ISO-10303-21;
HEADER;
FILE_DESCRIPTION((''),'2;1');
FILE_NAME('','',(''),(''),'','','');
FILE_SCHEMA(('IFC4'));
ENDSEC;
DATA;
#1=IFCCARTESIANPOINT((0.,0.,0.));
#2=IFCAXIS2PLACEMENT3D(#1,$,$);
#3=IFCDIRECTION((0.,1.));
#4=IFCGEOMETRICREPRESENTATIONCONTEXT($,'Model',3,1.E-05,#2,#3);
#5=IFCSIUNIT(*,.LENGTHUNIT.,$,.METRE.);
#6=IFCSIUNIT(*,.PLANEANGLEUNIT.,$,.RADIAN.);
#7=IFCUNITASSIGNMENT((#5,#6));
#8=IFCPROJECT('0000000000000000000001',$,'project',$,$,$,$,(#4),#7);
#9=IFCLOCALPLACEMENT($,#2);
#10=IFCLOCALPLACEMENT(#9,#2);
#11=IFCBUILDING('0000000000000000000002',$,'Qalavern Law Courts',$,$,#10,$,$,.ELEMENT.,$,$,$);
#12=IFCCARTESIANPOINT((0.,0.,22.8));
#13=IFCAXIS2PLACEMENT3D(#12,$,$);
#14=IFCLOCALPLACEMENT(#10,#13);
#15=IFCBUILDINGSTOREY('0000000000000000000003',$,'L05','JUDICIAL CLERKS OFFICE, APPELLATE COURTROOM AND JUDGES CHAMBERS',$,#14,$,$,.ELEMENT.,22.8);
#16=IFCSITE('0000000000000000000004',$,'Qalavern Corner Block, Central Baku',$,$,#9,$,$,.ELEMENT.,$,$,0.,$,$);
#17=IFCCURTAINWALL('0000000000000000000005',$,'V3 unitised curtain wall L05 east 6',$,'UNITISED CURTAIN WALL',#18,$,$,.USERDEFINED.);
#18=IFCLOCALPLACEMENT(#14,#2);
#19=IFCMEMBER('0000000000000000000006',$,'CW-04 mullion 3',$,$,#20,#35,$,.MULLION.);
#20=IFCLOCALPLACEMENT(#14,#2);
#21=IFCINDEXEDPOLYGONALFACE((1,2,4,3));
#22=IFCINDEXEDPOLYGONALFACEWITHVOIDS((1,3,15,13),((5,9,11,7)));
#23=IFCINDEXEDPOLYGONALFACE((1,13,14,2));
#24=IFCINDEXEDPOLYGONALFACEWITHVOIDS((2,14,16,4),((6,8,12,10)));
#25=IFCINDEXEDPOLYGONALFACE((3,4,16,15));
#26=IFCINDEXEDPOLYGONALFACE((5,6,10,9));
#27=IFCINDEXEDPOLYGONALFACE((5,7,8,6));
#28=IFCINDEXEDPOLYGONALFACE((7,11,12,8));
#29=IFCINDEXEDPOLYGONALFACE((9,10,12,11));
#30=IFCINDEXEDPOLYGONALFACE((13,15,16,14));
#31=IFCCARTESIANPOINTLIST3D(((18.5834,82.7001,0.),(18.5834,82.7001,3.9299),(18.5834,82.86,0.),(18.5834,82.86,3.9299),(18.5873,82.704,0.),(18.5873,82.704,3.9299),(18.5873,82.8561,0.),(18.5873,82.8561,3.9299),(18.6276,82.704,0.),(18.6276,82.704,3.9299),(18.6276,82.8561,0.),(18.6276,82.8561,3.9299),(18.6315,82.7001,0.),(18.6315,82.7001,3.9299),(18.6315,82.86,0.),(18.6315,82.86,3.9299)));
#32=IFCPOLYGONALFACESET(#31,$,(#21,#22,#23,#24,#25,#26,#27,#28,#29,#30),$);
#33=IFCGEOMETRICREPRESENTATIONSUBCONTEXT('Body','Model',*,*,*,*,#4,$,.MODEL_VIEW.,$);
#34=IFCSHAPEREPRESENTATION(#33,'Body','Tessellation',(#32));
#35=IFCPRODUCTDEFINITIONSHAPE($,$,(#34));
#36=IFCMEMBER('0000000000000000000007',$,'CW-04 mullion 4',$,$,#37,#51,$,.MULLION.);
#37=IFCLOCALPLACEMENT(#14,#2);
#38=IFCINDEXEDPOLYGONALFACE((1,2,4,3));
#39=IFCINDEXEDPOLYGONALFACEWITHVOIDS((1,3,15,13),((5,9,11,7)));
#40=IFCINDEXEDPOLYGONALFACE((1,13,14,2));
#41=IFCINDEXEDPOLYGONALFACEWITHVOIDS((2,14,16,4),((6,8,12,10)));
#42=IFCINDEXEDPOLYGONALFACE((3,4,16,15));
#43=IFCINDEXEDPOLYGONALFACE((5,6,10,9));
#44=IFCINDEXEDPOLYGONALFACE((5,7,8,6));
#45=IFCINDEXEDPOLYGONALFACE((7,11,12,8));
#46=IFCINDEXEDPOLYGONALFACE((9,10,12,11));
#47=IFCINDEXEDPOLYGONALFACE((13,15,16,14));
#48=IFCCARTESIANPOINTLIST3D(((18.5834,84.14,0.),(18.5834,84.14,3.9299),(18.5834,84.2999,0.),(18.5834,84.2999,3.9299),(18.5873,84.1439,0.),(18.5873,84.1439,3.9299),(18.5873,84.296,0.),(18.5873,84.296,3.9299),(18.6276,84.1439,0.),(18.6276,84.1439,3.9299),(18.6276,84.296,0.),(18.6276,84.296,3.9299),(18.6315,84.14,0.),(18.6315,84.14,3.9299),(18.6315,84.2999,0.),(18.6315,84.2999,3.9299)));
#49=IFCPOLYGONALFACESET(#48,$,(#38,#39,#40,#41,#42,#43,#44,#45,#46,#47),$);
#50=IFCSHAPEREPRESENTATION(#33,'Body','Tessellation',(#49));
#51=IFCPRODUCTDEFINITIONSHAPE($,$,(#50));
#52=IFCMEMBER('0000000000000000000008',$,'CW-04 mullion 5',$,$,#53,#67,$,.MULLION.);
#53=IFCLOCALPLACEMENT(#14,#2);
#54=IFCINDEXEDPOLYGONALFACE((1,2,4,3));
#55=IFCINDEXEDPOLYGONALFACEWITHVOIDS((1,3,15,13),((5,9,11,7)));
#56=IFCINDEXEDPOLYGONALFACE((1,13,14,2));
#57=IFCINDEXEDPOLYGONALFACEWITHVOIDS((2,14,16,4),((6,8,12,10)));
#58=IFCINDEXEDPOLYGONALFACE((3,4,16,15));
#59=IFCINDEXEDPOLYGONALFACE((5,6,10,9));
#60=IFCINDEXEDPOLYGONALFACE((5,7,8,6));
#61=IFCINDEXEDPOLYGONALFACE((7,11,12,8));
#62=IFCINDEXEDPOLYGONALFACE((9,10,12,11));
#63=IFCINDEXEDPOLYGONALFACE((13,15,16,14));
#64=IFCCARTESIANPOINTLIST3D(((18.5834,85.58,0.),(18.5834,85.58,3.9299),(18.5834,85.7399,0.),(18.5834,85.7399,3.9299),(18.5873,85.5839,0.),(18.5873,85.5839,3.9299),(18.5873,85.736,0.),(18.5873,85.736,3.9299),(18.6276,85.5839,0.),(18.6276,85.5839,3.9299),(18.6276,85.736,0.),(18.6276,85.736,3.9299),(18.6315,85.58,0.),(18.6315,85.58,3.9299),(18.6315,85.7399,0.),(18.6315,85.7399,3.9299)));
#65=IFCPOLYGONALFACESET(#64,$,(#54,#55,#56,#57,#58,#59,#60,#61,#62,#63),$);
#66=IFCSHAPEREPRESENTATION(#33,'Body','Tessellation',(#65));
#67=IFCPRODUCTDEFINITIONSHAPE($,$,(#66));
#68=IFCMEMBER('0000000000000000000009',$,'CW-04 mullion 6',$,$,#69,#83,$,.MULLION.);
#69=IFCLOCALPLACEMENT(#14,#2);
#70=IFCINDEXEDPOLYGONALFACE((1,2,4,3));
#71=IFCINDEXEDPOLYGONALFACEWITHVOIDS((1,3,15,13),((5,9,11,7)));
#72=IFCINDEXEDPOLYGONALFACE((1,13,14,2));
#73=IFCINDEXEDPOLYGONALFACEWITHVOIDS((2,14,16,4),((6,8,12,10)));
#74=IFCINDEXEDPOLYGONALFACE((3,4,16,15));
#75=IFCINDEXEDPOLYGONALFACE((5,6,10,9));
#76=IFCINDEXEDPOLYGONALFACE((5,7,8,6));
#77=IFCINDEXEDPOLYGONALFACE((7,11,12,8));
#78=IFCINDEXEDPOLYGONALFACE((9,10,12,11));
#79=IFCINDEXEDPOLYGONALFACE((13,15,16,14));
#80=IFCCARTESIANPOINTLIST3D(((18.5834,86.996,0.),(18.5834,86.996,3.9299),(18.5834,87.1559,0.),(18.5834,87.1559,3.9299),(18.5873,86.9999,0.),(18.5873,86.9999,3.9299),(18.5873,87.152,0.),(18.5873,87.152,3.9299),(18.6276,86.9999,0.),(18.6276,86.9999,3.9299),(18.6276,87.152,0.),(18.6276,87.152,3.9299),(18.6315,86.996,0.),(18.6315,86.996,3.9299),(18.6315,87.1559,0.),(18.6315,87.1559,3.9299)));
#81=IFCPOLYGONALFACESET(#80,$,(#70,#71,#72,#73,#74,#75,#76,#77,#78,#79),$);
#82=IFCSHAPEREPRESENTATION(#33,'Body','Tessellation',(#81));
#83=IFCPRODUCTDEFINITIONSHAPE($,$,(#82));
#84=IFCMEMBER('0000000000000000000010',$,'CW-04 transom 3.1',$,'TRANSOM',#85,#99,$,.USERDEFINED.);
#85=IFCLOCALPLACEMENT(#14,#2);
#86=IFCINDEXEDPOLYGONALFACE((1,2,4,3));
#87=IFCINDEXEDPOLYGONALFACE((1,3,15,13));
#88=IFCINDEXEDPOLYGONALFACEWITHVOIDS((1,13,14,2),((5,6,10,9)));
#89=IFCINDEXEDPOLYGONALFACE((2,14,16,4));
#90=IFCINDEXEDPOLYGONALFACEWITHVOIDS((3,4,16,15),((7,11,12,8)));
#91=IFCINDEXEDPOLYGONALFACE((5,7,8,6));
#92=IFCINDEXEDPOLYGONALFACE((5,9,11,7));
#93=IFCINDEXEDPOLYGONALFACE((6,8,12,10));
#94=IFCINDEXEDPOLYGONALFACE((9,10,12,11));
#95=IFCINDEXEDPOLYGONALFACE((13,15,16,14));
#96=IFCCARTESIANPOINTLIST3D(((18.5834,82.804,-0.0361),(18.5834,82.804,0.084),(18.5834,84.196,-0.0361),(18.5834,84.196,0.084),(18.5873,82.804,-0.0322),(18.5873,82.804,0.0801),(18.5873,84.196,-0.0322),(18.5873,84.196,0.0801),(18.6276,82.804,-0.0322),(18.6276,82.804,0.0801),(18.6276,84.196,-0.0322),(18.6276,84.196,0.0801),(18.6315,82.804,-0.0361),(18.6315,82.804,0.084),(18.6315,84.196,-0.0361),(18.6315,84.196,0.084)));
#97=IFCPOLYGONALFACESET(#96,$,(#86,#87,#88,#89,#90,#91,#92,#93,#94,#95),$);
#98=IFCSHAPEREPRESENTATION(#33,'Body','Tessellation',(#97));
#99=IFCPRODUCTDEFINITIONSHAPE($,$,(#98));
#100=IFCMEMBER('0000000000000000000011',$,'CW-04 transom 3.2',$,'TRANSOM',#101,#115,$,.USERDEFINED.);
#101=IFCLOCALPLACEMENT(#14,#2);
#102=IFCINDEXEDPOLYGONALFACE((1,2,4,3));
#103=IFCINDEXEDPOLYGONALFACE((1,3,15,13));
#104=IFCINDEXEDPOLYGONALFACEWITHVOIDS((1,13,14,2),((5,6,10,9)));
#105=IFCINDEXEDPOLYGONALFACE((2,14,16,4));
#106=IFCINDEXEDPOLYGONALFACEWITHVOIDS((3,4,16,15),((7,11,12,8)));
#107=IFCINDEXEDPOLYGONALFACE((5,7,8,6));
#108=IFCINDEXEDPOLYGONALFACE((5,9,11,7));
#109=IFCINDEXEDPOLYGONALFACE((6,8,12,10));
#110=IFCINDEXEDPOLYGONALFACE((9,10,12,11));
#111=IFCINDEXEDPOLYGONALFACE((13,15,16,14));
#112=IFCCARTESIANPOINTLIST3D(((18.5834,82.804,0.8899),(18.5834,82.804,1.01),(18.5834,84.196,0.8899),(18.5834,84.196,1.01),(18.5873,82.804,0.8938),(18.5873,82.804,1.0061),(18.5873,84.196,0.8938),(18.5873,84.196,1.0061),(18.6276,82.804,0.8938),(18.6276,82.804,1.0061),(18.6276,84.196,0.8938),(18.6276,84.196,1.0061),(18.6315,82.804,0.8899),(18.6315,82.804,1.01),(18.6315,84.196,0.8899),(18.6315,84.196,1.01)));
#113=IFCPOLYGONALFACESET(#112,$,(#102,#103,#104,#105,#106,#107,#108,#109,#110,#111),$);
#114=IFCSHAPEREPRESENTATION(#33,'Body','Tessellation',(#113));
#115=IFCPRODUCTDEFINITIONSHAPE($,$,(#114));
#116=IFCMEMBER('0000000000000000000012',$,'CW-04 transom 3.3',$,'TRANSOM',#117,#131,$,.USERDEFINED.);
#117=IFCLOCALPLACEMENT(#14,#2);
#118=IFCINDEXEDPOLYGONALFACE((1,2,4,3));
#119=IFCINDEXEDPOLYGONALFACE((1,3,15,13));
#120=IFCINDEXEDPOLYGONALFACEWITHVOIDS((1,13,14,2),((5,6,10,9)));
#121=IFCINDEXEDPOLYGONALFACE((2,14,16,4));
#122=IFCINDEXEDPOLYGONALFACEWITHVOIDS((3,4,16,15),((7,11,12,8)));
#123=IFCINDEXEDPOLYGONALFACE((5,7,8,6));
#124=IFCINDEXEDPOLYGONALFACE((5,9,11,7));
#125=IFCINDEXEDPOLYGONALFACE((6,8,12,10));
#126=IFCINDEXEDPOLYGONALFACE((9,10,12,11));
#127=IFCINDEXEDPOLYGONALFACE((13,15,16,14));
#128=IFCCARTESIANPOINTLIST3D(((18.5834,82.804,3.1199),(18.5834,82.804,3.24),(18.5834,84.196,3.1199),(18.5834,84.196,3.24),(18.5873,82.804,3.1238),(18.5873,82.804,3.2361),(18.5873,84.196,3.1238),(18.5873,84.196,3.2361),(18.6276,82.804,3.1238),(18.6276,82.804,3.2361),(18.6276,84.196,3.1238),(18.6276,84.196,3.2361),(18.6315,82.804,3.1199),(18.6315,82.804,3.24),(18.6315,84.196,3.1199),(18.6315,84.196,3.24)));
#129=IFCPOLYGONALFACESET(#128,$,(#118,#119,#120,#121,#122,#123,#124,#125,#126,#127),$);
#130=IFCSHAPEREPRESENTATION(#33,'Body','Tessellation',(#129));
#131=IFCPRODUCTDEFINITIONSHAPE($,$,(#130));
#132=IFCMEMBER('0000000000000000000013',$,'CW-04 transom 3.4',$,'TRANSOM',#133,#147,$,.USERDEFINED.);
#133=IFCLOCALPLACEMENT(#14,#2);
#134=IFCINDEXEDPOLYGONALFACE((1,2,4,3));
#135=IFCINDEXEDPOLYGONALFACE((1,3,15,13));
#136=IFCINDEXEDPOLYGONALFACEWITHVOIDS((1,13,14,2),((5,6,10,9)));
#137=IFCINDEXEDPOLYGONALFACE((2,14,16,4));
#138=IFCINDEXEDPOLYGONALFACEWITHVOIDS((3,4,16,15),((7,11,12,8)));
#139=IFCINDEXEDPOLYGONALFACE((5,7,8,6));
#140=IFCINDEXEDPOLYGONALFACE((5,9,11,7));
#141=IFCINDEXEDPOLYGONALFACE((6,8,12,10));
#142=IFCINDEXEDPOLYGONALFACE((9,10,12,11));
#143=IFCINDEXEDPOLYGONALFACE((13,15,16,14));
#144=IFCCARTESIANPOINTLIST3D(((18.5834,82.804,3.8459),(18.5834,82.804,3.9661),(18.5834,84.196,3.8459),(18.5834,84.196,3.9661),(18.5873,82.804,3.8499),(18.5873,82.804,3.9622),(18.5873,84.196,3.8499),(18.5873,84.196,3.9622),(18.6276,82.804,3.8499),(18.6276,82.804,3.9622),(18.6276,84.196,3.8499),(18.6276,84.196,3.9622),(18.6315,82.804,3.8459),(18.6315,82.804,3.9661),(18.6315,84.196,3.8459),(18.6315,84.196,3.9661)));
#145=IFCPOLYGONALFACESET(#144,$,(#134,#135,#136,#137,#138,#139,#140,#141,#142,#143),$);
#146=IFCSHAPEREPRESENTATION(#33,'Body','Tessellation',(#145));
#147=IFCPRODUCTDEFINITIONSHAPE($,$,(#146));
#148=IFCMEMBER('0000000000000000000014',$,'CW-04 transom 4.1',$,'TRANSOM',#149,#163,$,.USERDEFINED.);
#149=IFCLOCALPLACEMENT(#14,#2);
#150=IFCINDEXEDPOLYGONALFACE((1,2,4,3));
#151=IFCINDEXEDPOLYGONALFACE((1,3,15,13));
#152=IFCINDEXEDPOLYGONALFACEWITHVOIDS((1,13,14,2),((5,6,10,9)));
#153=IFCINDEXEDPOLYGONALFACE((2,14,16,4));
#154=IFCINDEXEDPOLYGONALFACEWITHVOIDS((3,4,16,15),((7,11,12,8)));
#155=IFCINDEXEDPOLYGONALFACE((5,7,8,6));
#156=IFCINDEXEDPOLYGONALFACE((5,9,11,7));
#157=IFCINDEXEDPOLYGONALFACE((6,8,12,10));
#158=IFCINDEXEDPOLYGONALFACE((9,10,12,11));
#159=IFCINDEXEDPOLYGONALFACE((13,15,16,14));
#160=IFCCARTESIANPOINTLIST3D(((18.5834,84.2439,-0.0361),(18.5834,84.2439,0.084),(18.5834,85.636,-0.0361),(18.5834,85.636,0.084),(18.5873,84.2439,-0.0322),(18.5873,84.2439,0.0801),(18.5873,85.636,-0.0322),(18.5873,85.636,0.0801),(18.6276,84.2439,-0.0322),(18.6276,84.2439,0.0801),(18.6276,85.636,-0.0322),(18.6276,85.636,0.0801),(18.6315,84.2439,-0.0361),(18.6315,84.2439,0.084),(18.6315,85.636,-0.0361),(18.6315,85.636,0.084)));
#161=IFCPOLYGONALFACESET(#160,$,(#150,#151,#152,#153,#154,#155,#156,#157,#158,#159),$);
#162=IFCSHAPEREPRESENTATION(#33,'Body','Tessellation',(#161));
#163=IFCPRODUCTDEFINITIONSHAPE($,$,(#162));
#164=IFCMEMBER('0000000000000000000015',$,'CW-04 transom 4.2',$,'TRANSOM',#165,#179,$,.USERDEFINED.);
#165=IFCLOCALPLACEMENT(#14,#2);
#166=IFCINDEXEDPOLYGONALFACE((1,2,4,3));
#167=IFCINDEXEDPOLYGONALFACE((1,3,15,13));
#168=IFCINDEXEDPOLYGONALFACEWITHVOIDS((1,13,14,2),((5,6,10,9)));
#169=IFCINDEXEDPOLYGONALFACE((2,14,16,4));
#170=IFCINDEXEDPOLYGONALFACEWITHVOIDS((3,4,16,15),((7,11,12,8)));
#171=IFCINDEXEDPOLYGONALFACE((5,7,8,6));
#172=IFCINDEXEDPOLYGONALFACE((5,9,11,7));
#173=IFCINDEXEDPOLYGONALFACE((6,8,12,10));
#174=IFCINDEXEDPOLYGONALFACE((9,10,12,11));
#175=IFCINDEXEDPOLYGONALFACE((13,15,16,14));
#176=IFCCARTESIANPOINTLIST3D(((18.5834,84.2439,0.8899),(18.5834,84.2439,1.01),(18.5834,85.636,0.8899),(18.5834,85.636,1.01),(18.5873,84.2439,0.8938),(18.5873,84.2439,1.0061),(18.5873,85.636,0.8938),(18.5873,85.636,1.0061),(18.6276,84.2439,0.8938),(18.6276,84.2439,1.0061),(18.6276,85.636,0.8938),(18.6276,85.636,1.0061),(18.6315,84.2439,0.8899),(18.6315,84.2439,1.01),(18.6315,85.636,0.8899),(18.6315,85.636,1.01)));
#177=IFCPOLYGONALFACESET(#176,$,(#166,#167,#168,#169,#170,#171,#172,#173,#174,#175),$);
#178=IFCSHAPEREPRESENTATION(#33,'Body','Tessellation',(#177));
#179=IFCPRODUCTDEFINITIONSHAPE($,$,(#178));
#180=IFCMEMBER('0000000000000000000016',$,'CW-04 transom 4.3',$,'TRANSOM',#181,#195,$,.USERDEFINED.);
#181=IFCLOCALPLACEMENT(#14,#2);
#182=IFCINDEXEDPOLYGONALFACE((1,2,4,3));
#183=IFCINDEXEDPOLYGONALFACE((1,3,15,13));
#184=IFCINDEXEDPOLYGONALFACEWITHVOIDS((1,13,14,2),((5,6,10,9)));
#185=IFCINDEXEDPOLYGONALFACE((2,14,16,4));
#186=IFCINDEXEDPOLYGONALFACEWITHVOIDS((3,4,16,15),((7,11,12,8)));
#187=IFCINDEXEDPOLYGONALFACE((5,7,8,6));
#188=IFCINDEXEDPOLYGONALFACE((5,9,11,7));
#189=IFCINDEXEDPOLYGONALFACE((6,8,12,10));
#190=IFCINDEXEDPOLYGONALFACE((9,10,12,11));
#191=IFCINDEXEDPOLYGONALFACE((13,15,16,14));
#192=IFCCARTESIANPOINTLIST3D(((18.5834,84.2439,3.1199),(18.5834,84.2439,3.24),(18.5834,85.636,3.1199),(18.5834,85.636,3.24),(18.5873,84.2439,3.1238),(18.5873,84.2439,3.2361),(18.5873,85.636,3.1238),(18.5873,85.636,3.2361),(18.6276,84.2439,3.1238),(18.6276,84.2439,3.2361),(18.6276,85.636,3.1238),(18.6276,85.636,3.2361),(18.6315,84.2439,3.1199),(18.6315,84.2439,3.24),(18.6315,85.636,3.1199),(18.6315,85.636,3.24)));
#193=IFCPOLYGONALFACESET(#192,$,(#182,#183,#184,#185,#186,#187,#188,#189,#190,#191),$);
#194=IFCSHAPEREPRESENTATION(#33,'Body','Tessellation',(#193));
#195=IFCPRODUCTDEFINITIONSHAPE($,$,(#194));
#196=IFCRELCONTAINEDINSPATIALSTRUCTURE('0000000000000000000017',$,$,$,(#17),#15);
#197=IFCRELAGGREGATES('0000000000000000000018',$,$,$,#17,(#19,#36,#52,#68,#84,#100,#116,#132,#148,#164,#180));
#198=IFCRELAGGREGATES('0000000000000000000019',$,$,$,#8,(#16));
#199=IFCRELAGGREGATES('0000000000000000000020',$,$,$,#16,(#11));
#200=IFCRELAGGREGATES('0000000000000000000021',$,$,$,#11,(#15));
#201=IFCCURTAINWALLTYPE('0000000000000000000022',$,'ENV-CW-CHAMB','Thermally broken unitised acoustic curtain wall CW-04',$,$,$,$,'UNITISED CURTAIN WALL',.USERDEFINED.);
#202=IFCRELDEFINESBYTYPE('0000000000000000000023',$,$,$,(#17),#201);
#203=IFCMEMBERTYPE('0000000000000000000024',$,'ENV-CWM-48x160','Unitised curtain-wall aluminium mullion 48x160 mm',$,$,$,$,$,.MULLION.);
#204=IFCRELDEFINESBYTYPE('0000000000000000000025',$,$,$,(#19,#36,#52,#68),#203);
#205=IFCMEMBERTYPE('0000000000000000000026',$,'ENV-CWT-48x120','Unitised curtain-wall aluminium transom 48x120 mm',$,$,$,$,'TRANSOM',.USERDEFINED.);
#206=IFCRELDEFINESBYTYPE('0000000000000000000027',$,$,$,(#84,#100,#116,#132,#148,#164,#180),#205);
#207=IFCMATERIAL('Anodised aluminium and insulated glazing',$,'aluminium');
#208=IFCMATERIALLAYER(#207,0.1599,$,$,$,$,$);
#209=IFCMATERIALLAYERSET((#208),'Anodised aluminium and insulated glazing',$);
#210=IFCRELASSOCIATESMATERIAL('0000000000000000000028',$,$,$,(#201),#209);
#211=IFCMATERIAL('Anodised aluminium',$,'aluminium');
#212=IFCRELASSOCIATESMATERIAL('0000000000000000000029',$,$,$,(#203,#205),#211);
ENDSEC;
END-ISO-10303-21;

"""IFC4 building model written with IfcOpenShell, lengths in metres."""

from ifc_helpers import new_model, si_unit, direction, frame, origin, origin_2d, place, context, subcontext, project, spatial, hollow_rectangle, extrude, material, layer, layer_set, material_profile, profile_set, type_object, element, aggregate, save


model = new_model("IFC4")

# Units and contexts
model_context = context("Model", 3, precision=1e-05, world=origin(), true_north=direction((0.0, 1.0)))
body_context = subcontext(model_context, "Body", "Model", "MODEL_VIEW")
ifc_project = project(units=[si_unit("LENGTHUNIT", "METRE"), si_unit("PLANEANGLEUNIT", "RADIAN")], contexts=[model_context])

# Site, building, storey
site_placement = place(None, origin())
site = spatial("IfcSite", under=ifc_project, at=site_placement, Name="Qalavern Corner Block, Central Baku", CompositionType="ELEMENT", RefElevation=0.0)
building_placement = place(site_placement, origin())
building = spatial("IfcBuilding", under=site, at=building_placement, Name="Qalavern Law Courts", CompositionType="ELEMENT")
storey_placement = place(building_placement, frame((0.0, 0.0, 22.8)))
storey = spatial("IfcBuildingStorey", under=building, at=storey_placement, Name="L05", Description="JUDICIAL CLERKS OFFICE, APPELLATE COURTROOM AND JUDGES CHAMBERS", CompositionType="ELEMENT", Elevation=22.8)

# Curtain wall, members
ifc_material_1 = material(Name="Anodised aluminium and insulated glazing", Category="aluminium")
ifc_layer_1 = layer(ifc_material_1, 0.1599)
ifc_layer_set_1 = layer_set([ifc_layer_1], Name="Anodised aluminium and insulated glazing")
curtain_wall_type = type_object("IfcCurtainWallType", Name="ENV-CW-CHAMB", Description="Thermally broken unitised acoustic curtain wall CW-04", ElementType="UNITISED CURTAIN WALL", PredefinedType="USERDEFINED", material=ifc_layer_set_1)
curtain_wall_placement = place(storey_placement, origin())
curtain_wall = element("IfcCurtainWall", 1, at=curtain_wall_placement, inside=storey, type_object=curtain_wall_type, Name="V3 unitised curtain wall L05 east 6", ObjectType="UNITISED CURTAIN WALL", PredefinedType="USERDEFINED")
ifc_material_2 = material(Name="Anodised aluminium", Category="aluminium")
ifc_material_profile_1 = material_profile(ifc_material_2, hollow_rectangle(XDim=0.0481, YDim=0.1599, WallThickness=0.0039, at=origin_2d()), Name="ALU MULLION 48x160")
ifc_profile_set_1 = profile_set([ifc_material_profile_1], Name="Anodised aluminium")
member_type_1 = type_object("IfcMemberType", Name="ENV-CWM-48x160", Description="Unitised curtain-wall aluminium mullion 48x160 mm", PredefinedType="MULLION", material=ifc_profile_set_1)
member_1_placement = place(storey_placement, frame((18.6074, 82.78, 0.0), z_axis=(0.0, 0.0, 1.0), x_axis=(-1.0, 0.0, 0.0)))
member_1 = element("IfcMember", 2, at=member_1_placement, type_object=member_type_1, Name="CW-04 mullion 3", PredefinedType="MULLION", context=body_context, shape_type="SweptSolid", body=[
    extrude(hollow_rectangle(XDim=0.0481, YDim=0.1599, WallThickness=0.0039, at=origin_2d()), origin(), (0.0, 0.0, 1.0), 3.9299),
])
member_2_placement = place(storey_placement, frame((18.6074, 84.22, 0.0), z_axis=(0.0, 0.0, 1.0), x_axis=(-1.0, 0.0, 0.0)))
member_2 = element("IfcMember", 3, at=member_2_placement, type_object=member_type_1, Name="CW-04 mullion 4", PredefinedType="MULLION", context=body_context, shape_type="SweptSolid", body=[
    extrude(hollow_rectangle(XDim=0.0481, YDim=0.1599, WallThickness=0.0039, at=origin_2d()), origin(), (0.0, 0.0, 1.0), 3.9299),
])
member_3_placement = place(storey_placement, frame((18.6074, 85.6599, 0.0), z_axis=(0.0, 0.0, 1.0), x_axis=(-1.0, 0.0, 0.0)))
member_3 = element("IfcMember", 4, at=member_3_placement, type_object=member_type_1, Name="CW-04 mullion 5", PredefinedType="MULLION", context=body_context, shape_type="SweptSolid", body=[
    extrude(hollow_rectangle(XDim=0.0481, YDim=0.1599, WallThickness=0.0039, at=origin_2d()), origin(), (0.0, 0.0, 1.0), 3.9299),
])
member_4_placement = place(storey_placement, frame((18.6074, 87.0759, 0.0), z_axis=(0.0, 0.0, 1.0), x_axis=(-1.0, 0.0, 0.0)))
member_4 = element("IfcMember", 5, at=member_4_placement, type_object=member_type_1, Name="CW-04 mullion 6", PredefinedType="MULLION", context=body_context, shape_type="SweptSolid", body=[
    extrude(hollow_rectangle(XDim=0.0481, YDim=0.1599, WallThickness=0.0039, at=origin_2d()), origin(), (0.0, 0.0, 1.0), 3.9299),
])
ifc_material_profile_2 = material_profile(ifc_material_2, hollow_rectangle(XDim=0.0481, YDim=0.1201, WallThickness=0.0039, at=origin_2d()), Name="ALU TRANSOM 48x120")
ifc_profile_set_2 = profile_set([ifc_material_profile_2], Name="Anodised aluminium")
member_type_2 = type_object("IfcMemberType", Name="ENV-CWT-48x120", Description="Unitised curtain-wall aluminium transom 48x120 mm", ElementType="TRANSOM", PredefinedType="USERDEFINED", material=ifc_profile_set_2)
member_5_placement = place(storey_placement, frame((18.6074, 82.804, 0.0239), z_axis=(0.0, 1.0, 0.0), x_axis=(-1.0, 0.0, 0.0)))
member_5 = element("IfcMember", 6, at=member_5_placement, type_object=member_type_2, Name="CW-04 transom 3.1", ObjectType="TRANSOM", PredefinedType="USERDEFINED", context=body_context, shape_type="SweptSolid", body=[
    extrude(hollow_rectangle(XDim=0.0481, YDim=0.1201, WallThickness=0.0039, at=origin_2d()), origin(), (0.0, 0.0, 1.0), 1.3921),
])
member_6_placement = place(storey_placement, frame((18.6074, 82.804, 0.95), z_axis=(0.0, 1.0, 0.0), x_axis=(-1.0, 0.0, 0.0)))
member_6 = element("IfcMember", 7, at=member_6_placement, type_object=member_type_2, Name="CW-04 transom 3.2", ObjectType="TRANSOM", PredefinedType="USERDEFINED", context=body_context, shape_type="SweptSolid", body=[
    extrude(hollow_rectangle(XDim=0.0481, YDim=0.1201, WallThickness=0.0039, at=origin_2d()), origin(), (0.0, 0.0, 1.0), 1.3921),
])
member_7_placement = place(storey_placement, frame((18.6074, 82.804, 3.1799), z_axis=(0.0, 1.0, 0.0), x_axis=(-1.0, 0.0, 0.0)))
member_7 = element("IfcMember", 8, at=member_7_placement, type_object=member_type_2, Name="CW-04 transom 3.3", ObjectType="TRANSOM", PredefinedType="USERDEFINED", context=body_context, shape_type="SweptSolid", body=[
    extrude(hollow_rectangle(XDim=0.0481, YDim=0.1201, WallThickness=0.0039, at=origin_2d()), origin(), (0.0, 0.0, 1.0), 1.3921),
])
member_8_placement = place(storey_placement, frame((18.6074, 82.804, 3.906), z_axis=(0.0, 1.0, 0.0), x_axis=(-1.0, 0.0, 0.0)))
member_8 = element("IfcMember", 9, at=member_8_placement, type_object=member_type_2, Name="CW-04 transom 3.4", ObjectType="TRANSOM", PredefinedType="USERDEFINED", context=body_context, shape_type="SweptSolid", body=[
    extrude(hollow_rectangle(XDim=0.0481, YDim=0.1201, WallThickness=0.0039, at=origin_2d()), origin(), (0.0, 0.0, 1.0), 1.3921),
])
member_9_placement = place(storey_placement, frame((18.6074, 84.2439, 0.0239), z_axis=(0.0, 1.0, 0.0), x_axis=(-1.0, 0.0, 0.0)))
member_9 = element("IfcMember", 10, at=member_9_placement, type_object=member_type_2, Name="CW-04 transom 4.1", ObjectType="TRANSOM", PredefinedType="USERDEFINED", context=body_context, shape_type="SweptSolid", body=[
    extrude(hollow_rectangle(XDim=0.0481, YDim=0.1201, WallThickness=0.0039, at=origin_2d()), origin(), (0.0, 0.0, 1.0), 1.3921),
])
member_10_placement = place(storey_placement, frame((18.6074, 84.2439, 0.95), z_axis=(0.0, 1.0, 0.0), x_axis=(-1.0, 0.0, 0.0)))
member_10 = element("IfcMember", 11, at=member_10_placement, type_object=member_type_2, Name="CW-04 transom 4.2", ObjectType="TRANSOM", PredefinedType="USERDEFINED", context=body_context, shape_type="SweptSolid", body=[
    extrude(hollow_rectangle(XDim=0.0481, YDim=0.1201, WallThickness=0.0039, at=origin_2d()), origin(), (0.0, 0.0, 1.0), 1.3921),
])
member_11_placement = place(storey_placement, frame((18.6074, 84.2439, 3.1799), z_axis=(0.0, 1.0, 0.0), x_axis=(-1.0, 0.0, 0.0)))
member_11 = element("IfcMember", 12, at=member_11_placement, type_object=member_type_2, Name="CW-04 transom 4.3", ObjectType="TRANSOM", PredefinedType="USERDEFINED", context=body_context, shape_type="SweptSolid", body=[
    extrude(hollow_rectangle(XDim=0.0481, YDim=0.1201, WallThickness=0.0039, at=origin_2d()), origin(), (0.0, 0.0, 1.0), 1.3921),
])
aggregate(curtain_wall, [member_1, member_2, member_3, member_4, member_5, member_6, member_7, member_8, member_9, member_10, member_11])

save(model, "model.ifc")
